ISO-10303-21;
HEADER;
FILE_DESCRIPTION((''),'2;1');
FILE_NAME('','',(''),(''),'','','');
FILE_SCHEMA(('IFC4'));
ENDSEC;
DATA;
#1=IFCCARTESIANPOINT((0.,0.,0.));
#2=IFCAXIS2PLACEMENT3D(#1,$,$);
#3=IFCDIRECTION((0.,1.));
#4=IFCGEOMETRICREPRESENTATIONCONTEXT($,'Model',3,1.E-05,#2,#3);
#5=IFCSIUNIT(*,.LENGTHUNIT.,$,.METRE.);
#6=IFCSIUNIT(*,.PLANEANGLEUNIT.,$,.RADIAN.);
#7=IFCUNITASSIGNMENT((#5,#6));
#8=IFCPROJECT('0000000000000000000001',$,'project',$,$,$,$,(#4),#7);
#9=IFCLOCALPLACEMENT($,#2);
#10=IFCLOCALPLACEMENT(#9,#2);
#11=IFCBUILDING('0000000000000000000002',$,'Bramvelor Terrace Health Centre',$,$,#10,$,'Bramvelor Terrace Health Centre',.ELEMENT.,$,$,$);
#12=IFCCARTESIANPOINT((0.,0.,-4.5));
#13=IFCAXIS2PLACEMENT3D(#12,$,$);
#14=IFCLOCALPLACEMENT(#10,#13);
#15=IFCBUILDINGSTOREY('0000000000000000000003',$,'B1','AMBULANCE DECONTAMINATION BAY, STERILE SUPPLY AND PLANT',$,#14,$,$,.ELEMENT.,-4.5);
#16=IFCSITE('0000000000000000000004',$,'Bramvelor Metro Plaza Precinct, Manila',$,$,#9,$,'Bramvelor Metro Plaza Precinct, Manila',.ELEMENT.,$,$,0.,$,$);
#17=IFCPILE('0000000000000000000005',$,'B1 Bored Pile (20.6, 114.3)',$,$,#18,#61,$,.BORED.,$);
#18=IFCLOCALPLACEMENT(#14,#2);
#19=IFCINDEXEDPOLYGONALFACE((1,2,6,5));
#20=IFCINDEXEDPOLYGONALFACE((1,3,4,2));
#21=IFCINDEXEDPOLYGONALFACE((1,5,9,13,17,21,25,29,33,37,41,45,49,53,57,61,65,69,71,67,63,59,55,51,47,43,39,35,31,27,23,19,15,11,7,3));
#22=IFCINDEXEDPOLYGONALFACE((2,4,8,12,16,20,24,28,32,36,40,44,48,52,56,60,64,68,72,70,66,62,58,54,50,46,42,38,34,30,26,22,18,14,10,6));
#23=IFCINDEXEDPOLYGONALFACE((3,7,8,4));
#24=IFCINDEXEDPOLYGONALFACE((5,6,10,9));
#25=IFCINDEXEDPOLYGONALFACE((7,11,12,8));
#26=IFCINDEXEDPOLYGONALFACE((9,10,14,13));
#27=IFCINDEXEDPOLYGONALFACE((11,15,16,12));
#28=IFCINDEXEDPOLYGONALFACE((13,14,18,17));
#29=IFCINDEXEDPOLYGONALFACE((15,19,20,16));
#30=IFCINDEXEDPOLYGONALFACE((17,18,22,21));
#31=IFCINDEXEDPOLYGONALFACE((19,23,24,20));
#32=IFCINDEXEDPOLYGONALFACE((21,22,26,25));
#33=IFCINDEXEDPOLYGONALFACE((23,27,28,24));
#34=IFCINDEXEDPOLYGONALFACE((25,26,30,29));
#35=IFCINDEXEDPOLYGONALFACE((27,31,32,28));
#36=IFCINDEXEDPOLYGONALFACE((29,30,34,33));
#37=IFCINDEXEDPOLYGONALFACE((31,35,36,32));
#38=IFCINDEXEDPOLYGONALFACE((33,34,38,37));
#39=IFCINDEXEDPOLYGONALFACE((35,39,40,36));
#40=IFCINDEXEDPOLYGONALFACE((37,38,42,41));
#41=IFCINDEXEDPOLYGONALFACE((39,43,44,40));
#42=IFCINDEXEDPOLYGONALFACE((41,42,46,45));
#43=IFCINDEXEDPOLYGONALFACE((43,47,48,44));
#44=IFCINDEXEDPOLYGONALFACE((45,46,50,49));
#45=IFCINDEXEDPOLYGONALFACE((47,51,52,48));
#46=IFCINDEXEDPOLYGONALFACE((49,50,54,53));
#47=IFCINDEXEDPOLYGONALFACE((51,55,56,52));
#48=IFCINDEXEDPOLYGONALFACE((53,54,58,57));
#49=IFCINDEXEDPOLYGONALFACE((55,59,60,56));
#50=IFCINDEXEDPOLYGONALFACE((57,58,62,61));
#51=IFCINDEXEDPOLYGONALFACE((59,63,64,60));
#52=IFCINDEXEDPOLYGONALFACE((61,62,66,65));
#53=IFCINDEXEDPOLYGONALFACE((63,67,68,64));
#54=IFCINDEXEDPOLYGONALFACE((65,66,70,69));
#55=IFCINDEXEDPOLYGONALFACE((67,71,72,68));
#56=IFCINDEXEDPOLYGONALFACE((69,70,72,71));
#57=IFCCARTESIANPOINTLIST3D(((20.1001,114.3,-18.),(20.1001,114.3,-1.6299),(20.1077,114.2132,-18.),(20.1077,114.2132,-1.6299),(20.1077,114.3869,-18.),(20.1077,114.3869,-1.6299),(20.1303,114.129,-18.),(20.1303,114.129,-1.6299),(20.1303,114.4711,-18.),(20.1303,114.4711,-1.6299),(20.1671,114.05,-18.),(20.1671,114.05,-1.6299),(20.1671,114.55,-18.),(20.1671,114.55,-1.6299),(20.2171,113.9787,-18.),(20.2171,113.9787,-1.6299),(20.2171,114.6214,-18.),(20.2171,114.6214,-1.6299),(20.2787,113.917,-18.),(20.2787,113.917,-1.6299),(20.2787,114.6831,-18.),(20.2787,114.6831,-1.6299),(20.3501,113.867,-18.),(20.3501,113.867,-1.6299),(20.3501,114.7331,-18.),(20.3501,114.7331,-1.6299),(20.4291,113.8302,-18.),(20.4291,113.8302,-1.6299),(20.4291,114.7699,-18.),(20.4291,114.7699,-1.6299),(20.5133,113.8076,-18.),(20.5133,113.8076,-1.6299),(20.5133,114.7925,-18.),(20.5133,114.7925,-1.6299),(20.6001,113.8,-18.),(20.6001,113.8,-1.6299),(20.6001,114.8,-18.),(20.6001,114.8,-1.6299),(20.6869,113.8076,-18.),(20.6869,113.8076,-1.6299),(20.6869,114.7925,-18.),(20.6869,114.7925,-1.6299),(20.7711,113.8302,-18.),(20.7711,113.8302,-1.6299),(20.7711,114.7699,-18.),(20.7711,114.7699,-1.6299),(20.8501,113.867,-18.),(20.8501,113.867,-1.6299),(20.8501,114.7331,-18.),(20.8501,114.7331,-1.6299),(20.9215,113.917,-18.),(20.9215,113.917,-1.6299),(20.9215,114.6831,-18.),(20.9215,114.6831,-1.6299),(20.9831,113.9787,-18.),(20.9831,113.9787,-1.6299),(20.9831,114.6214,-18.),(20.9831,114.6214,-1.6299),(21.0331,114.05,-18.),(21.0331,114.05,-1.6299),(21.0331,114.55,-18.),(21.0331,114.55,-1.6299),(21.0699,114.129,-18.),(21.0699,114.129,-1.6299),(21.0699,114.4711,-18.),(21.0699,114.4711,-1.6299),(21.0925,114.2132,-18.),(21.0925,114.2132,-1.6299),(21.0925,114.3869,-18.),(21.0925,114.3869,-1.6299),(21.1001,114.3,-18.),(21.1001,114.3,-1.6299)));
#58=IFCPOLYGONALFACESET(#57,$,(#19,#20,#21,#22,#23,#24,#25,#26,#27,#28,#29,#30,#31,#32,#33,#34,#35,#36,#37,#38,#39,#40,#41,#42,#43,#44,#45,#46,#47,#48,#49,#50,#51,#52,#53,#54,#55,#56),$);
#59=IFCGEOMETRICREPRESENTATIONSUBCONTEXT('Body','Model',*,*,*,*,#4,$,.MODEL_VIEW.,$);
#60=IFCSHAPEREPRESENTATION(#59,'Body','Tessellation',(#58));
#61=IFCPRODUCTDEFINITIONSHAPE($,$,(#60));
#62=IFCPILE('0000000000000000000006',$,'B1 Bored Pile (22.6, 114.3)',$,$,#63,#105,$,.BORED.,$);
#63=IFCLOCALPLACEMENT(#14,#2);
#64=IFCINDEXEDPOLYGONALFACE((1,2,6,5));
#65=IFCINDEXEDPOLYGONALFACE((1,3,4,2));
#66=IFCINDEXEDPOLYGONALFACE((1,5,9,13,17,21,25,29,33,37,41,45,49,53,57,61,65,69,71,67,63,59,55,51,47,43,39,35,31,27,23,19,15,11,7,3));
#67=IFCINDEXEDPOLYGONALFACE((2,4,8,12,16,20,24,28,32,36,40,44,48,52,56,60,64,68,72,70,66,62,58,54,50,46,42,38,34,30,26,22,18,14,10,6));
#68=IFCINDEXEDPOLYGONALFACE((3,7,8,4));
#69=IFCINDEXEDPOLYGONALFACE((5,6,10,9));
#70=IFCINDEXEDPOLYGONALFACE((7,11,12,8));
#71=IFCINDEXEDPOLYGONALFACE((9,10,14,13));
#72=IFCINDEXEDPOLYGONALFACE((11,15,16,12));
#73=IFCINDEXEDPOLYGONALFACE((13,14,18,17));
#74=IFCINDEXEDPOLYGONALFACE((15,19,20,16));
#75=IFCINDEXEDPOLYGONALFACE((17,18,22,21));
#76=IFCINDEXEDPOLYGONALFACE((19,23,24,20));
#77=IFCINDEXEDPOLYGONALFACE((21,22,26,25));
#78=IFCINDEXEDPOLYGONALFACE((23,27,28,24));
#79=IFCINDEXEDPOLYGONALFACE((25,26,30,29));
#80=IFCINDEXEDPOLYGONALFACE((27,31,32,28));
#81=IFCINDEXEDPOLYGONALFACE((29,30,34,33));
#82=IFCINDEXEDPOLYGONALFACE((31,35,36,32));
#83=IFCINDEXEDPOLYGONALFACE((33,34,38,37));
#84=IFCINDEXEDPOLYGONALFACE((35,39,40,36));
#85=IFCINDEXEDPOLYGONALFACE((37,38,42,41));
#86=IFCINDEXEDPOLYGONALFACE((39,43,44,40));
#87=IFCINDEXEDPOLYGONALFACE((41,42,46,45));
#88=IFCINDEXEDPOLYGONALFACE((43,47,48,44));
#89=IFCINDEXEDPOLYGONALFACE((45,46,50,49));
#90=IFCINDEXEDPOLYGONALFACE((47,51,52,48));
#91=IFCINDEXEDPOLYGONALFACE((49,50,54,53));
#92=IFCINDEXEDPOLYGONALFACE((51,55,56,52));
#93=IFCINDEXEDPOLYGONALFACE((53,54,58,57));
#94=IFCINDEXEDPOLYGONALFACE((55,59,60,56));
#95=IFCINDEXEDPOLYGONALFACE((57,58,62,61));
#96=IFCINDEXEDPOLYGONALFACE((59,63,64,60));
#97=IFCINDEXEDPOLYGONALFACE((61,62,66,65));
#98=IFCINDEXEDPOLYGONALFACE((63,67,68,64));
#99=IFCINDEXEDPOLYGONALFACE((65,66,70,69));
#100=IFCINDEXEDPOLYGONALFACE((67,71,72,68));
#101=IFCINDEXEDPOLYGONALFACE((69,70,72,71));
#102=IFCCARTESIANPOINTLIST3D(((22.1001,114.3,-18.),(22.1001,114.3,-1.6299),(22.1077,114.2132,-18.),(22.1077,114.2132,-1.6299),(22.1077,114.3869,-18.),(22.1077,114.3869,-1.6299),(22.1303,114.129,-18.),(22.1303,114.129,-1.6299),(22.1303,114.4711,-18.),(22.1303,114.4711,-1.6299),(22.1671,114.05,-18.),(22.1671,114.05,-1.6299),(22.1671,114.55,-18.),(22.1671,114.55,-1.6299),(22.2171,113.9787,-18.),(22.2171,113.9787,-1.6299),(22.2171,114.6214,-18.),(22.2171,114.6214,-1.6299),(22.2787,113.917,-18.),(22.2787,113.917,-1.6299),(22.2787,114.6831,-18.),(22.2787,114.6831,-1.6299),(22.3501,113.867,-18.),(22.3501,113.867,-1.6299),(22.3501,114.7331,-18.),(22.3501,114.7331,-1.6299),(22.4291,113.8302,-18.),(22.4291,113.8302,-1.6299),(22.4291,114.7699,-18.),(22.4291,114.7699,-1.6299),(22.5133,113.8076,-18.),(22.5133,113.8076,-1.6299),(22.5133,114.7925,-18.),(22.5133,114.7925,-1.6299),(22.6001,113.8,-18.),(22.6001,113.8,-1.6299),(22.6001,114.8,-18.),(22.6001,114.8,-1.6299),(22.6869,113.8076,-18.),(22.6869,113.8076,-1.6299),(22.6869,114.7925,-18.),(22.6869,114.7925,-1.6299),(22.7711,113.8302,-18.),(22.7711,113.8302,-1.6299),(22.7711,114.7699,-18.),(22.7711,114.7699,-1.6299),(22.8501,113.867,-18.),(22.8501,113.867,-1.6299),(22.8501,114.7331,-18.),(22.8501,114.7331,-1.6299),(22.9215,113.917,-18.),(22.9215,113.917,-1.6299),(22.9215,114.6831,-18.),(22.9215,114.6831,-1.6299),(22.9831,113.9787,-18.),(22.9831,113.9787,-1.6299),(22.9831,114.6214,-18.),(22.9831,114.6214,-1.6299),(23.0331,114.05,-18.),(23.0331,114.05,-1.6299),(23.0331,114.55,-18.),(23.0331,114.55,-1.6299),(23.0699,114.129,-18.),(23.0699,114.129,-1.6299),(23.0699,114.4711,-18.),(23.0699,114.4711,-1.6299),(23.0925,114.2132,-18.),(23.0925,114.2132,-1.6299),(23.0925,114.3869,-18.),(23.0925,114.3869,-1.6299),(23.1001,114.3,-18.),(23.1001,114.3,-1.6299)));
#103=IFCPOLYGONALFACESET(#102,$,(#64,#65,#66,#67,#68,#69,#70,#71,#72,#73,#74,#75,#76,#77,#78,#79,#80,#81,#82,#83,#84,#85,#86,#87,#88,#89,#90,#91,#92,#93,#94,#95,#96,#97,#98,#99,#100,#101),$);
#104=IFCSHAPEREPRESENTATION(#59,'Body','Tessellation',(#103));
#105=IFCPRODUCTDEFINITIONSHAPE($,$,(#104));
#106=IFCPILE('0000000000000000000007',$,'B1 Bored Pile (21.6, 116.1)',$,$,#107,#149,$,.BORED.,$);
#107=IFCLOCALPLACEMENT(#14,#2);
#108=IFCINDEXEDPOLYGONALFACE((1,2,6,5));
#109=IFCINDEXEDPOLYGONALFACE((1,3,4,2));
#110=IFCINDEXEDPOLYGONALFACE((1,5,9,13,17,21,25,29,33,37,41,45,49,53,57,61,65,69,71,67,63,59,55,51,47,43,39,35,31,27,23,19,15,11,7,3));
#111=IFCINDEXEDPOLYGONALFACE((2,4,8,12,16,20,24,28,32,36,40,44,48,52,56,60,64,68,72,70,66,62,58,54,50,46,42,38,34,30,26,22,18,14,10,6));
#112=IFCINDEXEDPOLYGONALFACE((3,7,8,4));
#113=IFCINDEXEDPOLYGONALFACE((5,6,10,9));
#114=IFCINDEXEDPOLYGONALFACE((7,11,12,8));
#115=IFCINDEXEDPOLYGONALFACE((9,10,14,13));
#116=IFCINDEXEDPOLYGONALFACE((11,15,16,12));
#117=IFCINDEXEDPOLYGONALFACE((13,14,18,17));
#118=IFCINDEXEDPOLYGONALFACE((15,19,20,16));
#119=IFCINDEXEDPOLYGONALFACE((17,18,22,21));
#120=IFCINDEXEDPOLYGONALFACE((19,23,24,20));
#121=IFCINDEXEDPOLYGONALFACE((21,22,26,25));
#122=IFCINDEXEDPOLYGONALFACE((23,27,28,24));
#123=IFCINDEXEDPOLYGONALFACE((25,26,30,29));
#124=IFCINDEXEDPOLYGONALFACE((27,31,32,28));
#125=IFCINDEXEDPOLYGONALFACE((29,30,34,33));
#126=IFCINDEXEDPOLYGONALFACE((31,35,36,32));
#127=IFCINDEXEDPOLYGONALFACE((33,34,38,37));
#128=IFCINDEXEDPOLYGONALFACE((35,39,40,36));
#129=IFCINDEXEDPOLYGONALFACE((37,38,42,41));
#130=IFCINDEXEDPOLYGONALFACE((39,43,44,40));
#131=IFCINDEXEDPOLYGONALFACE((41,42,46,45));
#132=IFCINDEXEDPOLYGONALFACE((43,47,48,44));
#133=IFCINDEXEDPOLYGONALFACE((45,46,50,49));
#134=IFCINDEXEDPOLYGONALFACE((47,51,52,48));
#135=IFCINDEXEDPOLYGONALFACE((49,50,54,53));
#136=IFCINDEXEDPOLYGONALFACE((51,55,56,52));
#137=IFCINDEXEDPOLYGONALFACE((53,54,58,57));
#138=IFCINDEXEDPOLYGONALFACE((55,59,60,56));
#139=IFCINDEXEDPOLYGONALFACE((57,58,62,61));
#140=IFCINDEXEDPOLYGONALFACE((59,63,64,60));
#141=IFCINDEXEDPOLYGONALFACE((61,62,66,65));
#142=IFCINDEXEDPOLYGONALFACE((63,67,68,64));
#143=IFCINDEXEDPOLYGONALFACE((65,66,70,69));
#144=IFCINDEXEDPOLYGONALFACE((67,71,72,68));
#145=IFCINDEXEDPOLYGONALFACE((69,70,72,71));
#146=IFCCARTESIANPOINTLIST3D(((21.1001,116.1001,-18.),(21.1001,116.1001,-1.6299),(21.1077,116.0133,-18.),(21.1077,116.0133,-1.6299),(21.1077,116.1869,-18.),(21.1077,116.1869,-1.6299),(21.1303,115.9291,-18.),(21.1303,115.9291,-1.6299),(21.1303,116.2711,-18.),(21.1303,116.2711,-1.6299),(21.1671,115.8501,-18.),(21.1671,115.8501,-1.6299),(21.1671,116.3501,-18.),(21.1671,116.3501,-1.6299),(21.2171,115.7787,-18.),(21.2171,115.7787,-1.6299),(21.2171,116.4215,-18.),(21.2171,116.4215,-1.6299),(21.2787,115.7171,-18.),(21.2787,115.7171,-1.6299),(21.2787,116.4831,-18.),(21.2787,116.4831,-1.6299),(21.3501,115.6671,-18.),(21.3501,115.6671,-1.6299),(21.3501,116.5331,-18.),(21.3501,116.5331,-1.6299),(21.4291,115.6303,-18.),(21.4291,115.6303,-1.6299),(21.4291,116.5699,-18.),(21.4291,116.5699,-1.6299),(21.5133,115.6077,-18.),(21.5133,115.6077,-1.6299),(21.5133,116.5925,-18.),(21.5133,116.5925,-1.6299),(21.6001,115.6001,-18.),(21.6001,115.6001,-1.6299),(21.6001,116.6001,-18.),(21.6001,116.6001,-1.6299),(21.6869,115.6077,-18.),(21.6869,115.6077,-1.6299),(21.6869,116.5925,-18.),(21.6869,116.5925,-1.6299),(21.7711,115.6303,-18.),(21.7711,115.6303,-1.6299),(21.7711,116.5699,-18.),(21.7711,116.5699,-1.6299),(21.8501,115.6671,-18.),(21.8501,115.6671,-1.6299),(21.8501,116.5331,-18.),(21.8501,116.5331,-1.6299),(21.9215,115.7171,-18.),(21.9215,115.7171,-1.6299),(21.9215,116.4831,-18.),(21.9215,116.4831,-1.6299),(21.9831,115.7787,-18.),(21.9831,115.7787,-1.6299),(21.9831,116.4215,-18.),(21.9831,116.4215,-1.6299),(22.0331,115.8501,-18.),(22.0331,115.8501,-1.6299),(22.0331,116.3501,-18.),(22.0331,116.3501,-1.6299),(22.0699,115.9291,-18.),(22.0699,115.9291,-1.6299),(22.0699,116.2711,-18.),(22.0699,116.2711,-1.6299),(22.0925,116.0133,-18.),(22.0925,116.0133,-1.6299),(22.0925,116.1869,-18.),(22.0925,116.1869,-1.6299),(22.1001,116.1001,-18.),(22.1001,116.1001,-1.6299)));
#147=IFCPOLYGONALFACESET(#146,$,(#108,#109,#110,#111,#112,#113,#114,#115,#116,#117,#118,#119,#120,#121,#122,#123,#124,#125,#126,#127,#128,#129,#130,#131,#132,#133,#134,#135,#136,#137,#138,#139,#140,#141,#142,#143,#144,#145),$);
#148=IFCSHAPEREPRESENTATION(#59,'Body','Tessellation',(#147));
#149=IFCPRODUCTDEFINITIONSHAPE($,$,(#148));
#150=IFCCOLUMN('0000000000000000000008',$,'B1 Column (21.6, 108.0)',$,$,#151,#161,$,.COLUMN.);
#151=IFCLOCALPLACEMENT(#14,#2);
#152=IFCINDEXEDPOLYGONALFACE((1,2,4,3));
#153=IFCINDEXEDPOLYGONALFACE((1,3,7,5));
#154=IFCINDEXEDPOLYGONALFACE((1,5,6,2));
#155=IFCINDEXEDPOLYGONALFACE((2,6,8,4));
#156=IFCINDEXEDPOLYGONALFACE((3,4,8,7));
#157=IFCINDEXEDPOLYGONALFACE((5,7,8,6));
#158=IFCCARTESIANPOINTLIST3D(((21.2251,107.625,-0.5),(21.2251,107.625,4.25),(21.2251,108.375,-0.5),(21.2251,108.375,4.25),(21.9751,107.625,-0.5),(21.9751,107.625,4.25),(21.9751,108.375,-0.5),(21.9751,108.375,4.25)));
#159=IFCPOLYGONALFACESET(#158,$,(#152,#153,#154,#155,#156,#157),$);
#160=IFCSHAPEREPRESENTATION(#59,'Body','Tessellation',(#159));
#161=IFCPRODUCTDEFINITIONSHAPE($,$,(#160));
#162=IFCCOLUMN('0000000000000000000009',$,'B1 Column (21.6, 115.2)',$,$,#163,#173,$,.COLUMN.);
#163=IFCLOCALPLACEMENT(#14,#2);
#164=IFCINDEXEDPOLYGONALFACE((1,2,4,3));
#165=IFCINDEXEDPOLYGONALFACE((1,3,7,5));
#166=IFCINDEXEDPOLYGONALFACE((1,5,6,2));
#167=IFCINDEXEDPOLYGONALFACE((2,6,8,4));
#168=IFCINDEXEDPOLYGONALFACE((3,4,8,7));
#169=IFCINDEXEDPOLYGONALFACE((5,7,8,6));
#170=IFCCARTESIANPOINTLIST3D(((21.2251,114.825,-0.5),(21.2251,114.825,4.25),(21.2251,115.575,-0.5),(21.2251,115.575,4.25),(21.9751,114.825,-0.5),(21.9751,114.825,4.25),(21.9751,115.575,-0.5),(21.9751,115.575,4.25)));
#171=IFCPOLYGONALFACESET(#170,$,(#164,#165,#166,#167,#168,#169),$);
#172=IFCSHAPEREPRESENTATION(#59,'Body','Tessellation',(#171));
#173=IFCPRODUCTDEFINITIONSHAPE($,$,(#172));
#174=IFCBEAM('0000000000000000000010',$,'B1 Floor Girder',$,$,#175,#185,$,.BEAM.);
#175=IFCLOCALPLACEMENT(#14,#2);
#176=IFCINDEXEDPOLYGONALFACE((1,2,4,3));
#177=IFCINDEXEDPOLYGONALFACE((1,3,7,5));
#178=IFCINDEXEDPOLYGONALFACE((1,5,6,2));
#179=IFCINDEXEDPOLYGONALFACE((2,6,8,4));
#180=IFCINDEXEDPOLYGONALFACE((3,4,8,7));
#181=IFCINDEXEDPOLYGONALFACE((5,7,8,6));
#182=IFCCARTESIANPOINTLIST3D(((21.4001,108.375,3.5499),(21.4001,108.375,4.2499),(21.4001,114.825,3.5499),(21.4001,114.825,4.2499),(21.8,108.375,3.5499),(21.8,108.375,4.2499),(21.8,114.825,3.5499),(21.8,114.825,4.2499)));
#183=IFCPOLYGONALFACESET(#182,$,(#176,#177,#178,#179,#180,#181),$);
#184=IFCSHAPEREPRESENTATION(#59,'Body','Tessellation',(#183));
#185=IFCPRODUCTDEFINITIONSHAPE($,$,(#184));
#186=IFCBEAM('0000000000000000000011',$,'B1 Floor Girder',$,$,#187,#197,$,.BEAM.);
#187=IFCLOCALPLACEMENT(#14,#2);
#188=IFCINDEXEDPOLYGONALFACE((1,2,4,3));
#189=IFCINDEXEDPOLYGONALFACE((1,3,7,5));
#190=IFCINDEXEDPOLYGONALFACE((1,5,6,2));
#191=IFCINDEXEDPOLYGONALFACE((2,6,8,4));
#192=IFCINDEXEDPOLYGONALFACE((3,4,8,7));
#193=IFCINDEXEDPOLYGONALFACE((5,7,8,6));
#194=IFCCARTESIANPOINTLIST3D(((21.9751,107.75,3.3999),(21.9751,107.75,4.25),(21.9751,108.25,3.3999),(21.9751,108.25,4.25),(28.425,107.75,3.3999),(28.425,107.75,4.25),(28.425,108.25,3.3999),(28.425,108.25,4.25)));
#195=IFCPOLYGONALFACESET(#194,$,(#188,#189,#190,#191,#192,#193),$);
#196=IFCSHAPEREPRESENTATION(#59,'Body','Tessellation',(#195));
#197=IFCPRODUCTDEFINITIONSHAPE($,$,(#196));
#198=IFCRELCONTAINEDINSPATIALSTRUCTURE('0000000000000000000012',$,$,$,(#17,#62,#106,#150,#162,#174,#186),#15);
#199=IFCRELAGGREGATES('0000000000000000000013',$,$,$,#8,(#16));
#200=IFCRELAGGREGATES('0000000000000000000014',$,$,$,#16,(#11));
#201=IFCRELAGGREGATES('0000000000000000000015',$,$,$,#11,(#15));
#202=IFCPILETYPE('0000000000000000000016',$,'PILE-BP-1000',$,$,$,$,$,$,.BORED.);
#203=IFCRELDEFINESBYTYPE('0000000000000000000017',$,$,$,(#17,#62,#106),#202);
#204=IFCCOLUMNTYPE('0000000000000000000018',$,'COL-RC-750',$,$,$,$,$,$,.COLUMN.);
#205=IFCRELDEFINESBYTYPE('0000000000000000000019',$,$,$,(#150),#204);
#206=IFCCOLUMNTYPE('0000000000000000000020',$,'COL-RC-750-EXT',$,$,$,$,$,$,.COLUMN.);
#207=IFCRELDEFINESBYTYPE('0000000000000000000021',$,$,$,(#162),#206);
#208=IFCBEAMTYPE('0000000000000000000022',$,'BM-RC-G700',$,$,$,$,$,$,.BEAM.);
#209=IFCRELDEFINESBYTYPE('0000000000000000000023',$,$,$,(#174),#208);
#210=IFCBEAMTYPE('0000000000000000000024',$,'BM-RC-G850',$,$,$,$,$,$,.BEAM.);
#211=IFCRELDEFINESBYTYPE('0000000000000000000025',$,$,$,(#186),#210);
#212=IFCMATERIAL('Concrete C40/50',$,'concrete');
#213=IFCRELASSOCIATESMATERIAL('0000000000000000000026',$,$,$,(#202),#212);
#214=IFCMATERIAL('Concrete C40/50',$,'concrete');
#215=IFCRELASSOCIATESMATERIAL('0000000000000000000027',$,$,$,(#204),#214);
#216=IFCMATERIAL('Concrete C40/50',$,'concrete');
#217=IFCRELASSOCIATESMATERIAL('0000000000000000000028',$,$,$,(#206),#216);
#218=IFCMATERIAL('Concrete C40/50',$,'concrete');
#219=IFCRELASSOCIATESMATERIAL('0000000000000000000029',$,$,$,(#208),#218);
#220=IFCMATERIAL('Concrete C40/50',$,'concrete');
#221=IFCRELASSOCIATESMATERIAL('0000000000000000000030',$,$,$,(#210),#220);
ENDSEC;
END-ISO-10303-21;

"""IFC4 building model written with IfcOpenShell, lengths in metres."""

from ifc_helpers import new_model, si_unit, direction, frame, origin, origin_2d, place, context, subcontext, project, spatial, rectangle, circle, extrude, material, material_profile, profile_set, type_object, element, save


model = new_model("IFC4")

# Units and contexts
model_context = context("Model", 3, precision=1e-05, world=origin(), true_north=direction((0.0, 1.0)))
body_context = subcontext(model_context, "Body", "Model", "MODEL_VIEW")
ifc_project = project(units=[si_unit("LENGTHUNIT", "METRE"), si_unit("PLANEANGLEUNIT", "RADIAN")], contexts=[model_context])

# Site, building, storey
site_placement = place(None, origin())
site = spatial("IfcSite", under=ifc_project, at=site_placement, Name="Bramvelor Metro Plaza Precinct, Manila", LongName="Bramvelor Metro Plaza Precinct, Manila", CompositionType="ELEMENT", RefElevation=0.0)
building_placement = place(site_placement, origin())
building = spatial("IfcBuilding", under=site, at=building_placement, Name="Bramvelor Terrace Health Centre", LongName="Bramvelor Terrace Health Centre", CompositionType="ELEMENT")
storey_placement = place(building_placement, frame((0.0, 0.0, -4.5)))
storey = spatial("IfcBuildingStorey", under=building, at=storey_placement, Name="B1", Description="AMBULANCE DECONTAMINATION BAY, STERILE SUPPLY AND PLANT", CompositionType="ELEMENT", Elevation=-4.5)

# Piles
ifc_material_1 = material(Name="Concrete C40/50", Category="concrete")
ifc_material_profile_1 = material_profile(ifc_material_1, circle(Radius=0.5, at=origin_2d()), Name="BP D1000")
ifc_profile_set_1 = profile_set([ifc_material_profile_1], Name="Concrete C40/50")
pile_type = type_object("IfcPileType", Name="PILE-BP-1000", PredefinedType="BORED", material=ifc_profile_set_1)
for number, where, z_axis, x_axis, name in (
    (1, (20.6001, 114.3, -1.6299), (0.0, 0.0, -1.0), (1.0, 0.0, 0.0), "B1 Bored Pile (20.6, 114.3)"),
    (2, (22.6001, 114.3, -1.6299), (0.0, 0.0, -1.0), (1.0, 0.0, 0.0), "B1 Bored Pile (22.6, 114.3)"),
    (3, (21.6001, 116.1001, -1.6299), (0.0, 0.0, -1.0), (1.0, 0.0, 0.0), "B1 Bored Pile (21.6, 116.1)"),
):
    element("IfcPile", number, at=place(storey_placement, frame(where, z_axis=z_axis, x_axis=x_axis)), inside=storey, type_object=pile_type, Name=name, PredefinedType="BORED", context=body_context, shape_type="SweptSolid", body=[
        extrude(circle(Radius=0.5, at=origin_2d()), origin(), (0.0, 0.0, 1.0), 16.3701),
    ])

# Columns
ifc_material_2 = material(Name="Concrete C40/50", Category="concrete")
ifc_material_profile_2 = material_profile(ifc_material_2, rectangle(XDim=0.75, YDim=0.75, at=origin_2d()), Name="RC 750x750")
ifc_profile_set_2 = profile_set([ifc_material_profile_2], Name="Concrete C40/50")
column_type_1 = type_object("IfcColumnType", Name="COL-RC-750", PredefinedType="COLUMN", material=ifc_profile_set_2)
column_1_placement = place(storey_placement, frame((21.6001, 108.0, -0.5), z_axis=(0.0, 0.0, 1.0), x_axis=(1.0, 0.0, 0.0)))
element("IfcColumn", 4, at=column_1_placement, inside=storey, type_object=column_type_1, Name="B1 Column (21.6, 108.0)", PredefinedType="COLUMN", context=body_context, shape_type="SweptSolid", body=[
    extrude(rectangle(XDim=0.75, YDim=0.75, at=origin_2d()), origin(), (0.0, 0.0, 1.0), 4.75),
])
ifc_material_3 = material(Name="Concrete C40/50", Category="concrete")
ifc_material_profile_3 = material_profile(ifc_material_3, rectangle(XDim=0.75, YDim=0.75, at=origin_2d()), Name="RC 750x750")
ifc_profile_set_3 = profile_set([ifc_material_profile_3], Name="Concrete C40/50")
column_type_2 = type_object("IfcColumnType", Name="COL-RC-750-EXT", PredefinedType="COLUMN", material=ifc_profile_set_3)
column_2_placement = place(storey_placement, frame((21.6001, 115.2, -0.5), z_axis=(0.0, 0.0, 1.0), x_axis=(1.0, 0.0, 0.0)))
element("IfcColumn", 5, at=column_2_placement, inside=storey, type_object=column_type_2, Name="B1 Column (21.6, 115.2)", PredefinedType="COLUMN", context=body_context, shape_type="SweptSolid", body=[
    extrude(rectangle(XDim=0.75, YDim=0.75, at=origin_2d()), origin(), (0.0, 0.0, 1.0), 4.75),
])

# Beams
ifc_material_4 = material(Name="Concrete C40/50", Category="concrete")
ifc_material_profile_4 = material_profile(ifc_material_4, rectangle(XDim=0.3999, YDim=0.7, at=origin_2d()), Name="RC 400x700")
ifc_profile_set_4 = profile_set([ifc_material_profile_4], Name="Concrete C40/50")
beam_type_1 = type_object("IfcBeamType", Name="BM-RC-G700", PredefinedType="BEAM", material=ifc_profile_set_4)
beam_1_placement = place(storey_placement, frame((21.6001, 108.375, 3.8999), z_axis=(0.0, 1.0, 0.0), x_axis=(-1.0, 0.0, 0.0)))
element("IfcBeam", 6, at=beam_1_placement, inside=storey, type_object=beam_type_1, Name="B1 Floor Girder", PredefinedType="BEAM", context=body_context, shape_type="SweptSolid", body=[
    extrude(rectangle(XDim=0.3999, YDim=0.7, at=origin_2d()), origin(), (0.0, 0.0, 1.0), 6.45),
])
ifc_material_5 = material(Name="Concrete C40/50", Category="concrete")
ifc_material_profile_5 = material_profile(ifc_material_5, rectangle(XDim=0.5, YDim=0.8501, at=origin_2d()), Name="RC 500x850")
ifc_profile_set_5 = profile_set([ifc_material_profile_5], Name="Concrete C40/50")
beam_type_2 = type_object("IfcBeamType", Name="BM-RC-G850", PredefinedType="BEAM", material=ifc_profile_set_5)
beam_2_placement = place(storey_placement, frame((21.9751, 108.0, 3.825), z_axis=(1.0, 0.0, 0.0), x_axis=(0.0, 1.0, 0.0)))
element("IfcBeam", 7, at=beam_2_placement, inside=storey, type_object=beam_type_2, Name="B1 Floor Girder", PredefinedType="BEAM", context=body_context, shape_type="SweptSolid", body=[
    extrude(rectangle(XDim=0.5, YDim=0.8501, at=origin_2d()), origin(), (0.0, 0.0, 1.0), 6.45),
])

save(model, "model.ifc")
